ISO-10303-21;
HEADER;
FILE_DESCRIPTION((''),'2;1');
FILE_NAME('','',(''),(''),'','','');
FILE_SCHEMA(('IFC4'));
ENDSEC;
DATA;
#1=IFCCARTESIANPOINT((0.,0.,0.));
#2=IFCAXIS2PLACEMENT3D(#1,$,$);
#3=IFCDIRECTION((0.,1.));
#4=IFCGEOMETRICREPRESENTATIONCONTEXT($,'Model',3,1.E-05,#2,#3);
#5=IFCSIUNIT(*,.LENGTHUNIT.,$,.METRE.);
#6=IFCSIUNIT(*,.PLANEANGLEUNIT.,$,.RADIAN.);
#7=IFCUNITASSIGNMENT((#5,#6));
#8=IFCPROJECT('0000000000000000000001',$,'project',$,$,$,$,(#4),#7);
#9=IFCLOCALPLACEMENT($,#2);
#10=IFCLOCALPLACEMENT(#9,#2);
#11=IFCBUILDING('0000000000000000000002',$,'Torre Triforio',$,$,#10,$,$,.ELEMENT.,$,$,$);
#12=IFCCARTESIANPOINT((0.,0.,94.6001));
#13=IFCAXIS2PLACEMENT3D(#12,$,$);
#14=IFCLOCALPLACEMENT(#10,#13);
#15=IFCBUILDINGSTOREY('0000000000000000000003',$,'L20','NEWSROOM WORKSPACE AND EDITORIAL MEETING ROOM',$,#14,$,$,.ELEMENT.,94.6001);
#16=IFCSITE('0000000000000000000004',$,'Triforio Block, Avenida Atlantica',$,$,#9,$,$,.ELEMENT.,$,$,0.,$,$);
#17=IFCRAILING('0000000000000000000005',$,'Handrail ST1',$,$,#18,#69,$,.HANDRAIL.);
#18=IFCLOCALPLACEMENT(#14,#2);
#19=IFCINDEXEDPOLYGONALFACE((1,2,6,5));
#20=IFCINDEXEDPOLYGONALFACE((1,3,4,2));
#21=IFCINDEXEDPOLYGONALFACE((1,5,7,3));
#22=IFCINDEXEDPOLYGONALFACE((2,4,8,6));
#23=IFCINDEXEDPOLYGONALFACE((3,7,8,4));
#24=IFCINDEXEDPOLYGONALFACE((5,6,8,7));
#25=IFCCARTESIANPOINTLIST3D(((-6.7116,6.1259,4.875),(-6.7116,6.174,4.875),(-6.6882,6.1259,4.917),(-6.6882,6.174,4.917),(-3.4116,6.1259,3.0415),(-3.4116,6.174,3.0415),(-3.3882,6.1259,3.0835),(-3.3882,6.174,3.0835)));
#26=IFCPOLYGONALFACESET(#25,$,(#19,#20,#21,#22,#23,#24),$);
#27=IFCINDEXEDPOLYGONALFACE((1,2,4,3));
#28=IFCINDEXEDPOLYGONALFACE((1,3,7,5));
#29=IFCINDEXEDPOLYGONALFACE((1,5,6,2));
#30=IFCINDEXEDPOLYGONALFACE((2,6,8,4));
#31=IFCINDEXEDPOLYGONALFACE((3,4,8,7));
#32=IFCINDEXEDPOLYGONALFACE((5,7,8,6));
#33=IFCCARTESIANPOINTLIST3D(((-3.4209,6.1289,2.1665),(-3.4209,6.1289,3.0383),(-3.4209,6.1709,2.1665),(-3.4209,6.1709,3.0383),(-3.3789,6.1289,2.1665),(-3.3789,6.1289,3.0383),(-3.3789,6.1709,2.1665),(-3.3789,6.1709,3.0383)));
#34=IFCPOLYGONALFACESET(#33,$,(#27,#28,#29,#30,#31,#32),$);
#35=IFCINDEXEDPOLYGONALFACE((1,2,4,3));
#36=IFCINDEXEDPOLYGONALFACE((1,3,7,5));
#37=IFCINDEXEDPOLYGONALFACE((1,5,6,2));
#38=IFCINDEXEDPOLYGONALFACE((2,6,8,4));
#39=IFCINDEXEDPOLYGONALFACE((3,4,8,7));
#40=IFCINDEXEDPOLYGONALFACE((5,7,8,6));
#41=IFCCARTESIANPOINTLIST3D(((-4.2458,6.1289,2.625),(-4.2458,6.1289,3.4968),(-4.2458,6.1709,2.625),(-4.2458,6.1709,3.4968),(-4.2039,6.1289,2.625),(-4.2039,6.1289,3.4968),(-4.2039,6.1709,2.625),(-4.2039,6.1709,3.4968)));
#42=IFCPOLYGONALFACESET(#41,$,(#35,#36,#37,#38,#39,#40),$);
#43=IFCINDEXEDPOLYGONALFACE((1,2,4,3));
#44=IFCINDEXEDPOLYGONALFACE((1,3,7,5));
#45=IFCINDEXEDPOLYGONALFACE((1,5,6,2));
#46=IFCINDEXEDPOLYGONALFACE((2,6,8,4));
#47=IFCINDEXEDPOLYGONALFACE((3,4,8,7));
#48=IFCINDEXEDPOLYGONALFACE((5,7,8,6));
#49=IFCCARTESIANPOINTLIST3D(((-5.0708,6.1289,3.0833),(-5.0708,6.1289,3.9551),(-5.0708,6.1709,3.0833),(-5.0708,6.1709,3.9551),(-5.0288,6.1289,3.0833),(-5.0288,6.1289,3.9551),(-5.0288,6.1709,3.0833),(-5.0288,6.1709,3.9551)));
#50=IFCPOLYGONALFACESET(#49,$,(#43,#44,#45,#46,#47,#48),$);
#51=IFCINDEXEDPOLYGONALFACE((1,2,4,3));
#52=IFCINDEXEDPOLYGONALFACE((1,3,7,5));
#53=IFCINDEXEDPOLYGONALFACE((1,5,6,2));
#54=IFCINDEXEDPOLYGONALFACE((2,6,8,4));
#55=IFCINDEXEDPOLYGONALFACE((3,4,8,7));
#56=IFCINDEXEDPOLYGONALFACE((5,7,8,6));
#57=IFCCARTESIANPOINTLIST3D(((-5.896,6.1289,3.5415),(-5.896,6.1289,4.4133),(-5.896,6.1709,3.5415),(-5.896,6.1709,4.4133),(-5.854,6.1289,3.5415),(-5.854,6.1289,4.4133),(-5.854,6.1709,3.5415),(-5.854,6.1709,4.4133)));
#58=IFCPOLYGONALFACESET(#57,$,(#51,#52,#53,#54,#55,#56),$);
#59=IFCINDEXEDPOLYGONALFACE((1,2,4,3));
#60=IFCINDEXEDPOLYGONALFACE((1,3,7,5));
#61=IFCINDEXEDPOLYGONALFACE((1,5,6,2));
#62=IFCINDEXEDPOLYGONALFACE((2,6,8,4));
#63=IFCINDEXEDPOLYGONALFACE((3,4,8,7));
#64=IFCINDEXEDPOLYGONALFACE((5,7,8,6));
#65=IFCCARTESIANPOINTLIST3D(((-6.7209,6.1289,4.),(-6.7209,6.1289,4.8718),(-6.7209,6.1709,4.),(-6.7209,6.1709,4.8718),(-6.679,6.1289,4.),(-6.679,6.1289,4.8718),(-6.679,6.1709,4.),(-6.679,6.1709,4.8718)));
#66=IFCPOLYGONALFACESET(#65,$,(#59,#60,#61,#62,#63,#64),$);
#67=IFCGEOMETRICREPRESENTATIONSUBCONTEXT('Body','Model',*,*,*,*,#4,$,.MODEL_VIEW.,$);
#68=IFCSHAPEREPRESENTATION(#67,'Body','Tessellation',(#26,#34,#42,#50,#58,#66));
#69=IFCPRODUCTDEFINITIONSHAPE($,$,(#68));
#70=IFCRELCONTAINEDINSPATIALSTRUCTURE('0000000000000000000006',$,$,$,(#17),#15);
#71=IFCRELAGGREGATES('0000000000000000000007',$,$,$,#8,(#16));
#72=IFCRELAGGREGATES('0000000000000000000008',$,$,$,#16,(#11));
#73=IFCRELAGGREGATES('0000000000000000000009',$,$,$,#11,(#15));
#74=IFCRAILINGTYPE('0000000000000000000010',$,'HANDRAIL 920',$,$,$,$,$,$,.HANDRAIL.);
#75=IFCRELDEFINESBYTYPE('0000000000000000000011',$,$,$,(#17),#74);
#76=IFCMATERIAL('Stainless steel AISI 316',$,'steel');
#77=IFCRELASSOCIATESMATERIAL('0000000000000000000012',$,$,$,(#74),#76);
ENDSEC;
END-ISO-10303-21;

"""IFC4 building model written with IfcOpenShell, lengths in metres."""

from ifc_helpers import new_model, si_unit, direction, frame, origin, origin_2d, place, context, subcontext, project, spatial, rectangle, extrude, material, type_object, element, save


model = new_model("IFC4")

# Units and contexts
model_context = context("Model", 3, precision=1e-05, world=origin(), true_north=direction((0.0, 1.0)))
body_context = subcontext(model_context, "Body", "Model", "MODEL_VIEW")
ifc_project = project(units=[si_unit("LENGTHUNIT", "METRE"), si_unit("PLANEANGLEUNIT", "RADIAN")], contexts=[model_context])

# Site, building, storey
site_placement = place(None, origin())
site = spatial("IfcSite", under=ifc_project, at=site_placement, Name="Triforio Block, Avenida Atlantica", CompositionType="ELEMENT", RefElevation=0.0)
building_placement = place(site_placement, origin())
building = spatial("IfcBuilding", under=site, at=building_placement, Name="Torre Triforio", CompositionType="ELEMENT")
storey_placement = place(building_placement, frame((0.0, 0.0, 94.6001)))
storey = spatial("IfcBuildingStorey", under=building, at=storey_placement, Name="L20", Description="NEWSROOM WORKSPACE AND EDITORIAL MEETING ROOM", CompositionType="ELEMENT", Elevation=94.6001)

# Railing
ifc_material_1 = material(Name="Stainless steel AISI 316", Category="steel")
railing_type = type_object("IfcRailingType", Name="HANDRAIL 920", PredefinedType="HANDRAIL", material=ifc_material_1)
for number, where, name in (
    (1, (-3.3999, 6.1499, 2.1665), "Handrail ST1"),
):
    element("IfcRailing", number, at=place(storey_placement, frame(where)), inside=storey, type_object=railing_type, Name=name, PredefinedType="HANDRAIL", context=body_context, shape_type="SweptSolid", body=[
        extrude(rectangle(XDim=0.0481, YDim=0.0481, at=origin_2d()), frame((0.0, 0.0, 0.896), z_axis=(-0.874142, 0.0, 0.48567), x_axis=(0.0, -1.0, 0.0)), (0.0, 0.0, 1.0), 3.7751),
        extrude(rectangle(XDim=0.042, YDim=0.042, at=origin_2d()), origin(), (0.0, 0.0, 1.0), 0.8718),
        extrude(rectangle(XDim=0.042, YDim=0.042, at=origin_2d()), frame((-0.825, 0.0, 0.4585)), (0.0, 0.0, 1.0), 0.8718),
        extrude(rectangle(XDim=0.042, YDim=0.042, at=origin_2d()), frame((-1.6499, 0.0, 0.9167)), (0.0, 0.0, 1.0), 0.8718),
        extrude(rectangle(XDim=0.042, YDim=0.042, at=origin_2d()), frame((-2.4751, 0.0, 1.375)), (0.0, 0.0, 1.0), 0.8718),
        extrude(rectangle(XDim=0.042, YDim=0.042, at=origin_2d()), frame((-3.3, 0.0, 1.8335)), (0.0, 0.0, 1.0), 0.8718),
    ])

save(model, "model.ifc")
